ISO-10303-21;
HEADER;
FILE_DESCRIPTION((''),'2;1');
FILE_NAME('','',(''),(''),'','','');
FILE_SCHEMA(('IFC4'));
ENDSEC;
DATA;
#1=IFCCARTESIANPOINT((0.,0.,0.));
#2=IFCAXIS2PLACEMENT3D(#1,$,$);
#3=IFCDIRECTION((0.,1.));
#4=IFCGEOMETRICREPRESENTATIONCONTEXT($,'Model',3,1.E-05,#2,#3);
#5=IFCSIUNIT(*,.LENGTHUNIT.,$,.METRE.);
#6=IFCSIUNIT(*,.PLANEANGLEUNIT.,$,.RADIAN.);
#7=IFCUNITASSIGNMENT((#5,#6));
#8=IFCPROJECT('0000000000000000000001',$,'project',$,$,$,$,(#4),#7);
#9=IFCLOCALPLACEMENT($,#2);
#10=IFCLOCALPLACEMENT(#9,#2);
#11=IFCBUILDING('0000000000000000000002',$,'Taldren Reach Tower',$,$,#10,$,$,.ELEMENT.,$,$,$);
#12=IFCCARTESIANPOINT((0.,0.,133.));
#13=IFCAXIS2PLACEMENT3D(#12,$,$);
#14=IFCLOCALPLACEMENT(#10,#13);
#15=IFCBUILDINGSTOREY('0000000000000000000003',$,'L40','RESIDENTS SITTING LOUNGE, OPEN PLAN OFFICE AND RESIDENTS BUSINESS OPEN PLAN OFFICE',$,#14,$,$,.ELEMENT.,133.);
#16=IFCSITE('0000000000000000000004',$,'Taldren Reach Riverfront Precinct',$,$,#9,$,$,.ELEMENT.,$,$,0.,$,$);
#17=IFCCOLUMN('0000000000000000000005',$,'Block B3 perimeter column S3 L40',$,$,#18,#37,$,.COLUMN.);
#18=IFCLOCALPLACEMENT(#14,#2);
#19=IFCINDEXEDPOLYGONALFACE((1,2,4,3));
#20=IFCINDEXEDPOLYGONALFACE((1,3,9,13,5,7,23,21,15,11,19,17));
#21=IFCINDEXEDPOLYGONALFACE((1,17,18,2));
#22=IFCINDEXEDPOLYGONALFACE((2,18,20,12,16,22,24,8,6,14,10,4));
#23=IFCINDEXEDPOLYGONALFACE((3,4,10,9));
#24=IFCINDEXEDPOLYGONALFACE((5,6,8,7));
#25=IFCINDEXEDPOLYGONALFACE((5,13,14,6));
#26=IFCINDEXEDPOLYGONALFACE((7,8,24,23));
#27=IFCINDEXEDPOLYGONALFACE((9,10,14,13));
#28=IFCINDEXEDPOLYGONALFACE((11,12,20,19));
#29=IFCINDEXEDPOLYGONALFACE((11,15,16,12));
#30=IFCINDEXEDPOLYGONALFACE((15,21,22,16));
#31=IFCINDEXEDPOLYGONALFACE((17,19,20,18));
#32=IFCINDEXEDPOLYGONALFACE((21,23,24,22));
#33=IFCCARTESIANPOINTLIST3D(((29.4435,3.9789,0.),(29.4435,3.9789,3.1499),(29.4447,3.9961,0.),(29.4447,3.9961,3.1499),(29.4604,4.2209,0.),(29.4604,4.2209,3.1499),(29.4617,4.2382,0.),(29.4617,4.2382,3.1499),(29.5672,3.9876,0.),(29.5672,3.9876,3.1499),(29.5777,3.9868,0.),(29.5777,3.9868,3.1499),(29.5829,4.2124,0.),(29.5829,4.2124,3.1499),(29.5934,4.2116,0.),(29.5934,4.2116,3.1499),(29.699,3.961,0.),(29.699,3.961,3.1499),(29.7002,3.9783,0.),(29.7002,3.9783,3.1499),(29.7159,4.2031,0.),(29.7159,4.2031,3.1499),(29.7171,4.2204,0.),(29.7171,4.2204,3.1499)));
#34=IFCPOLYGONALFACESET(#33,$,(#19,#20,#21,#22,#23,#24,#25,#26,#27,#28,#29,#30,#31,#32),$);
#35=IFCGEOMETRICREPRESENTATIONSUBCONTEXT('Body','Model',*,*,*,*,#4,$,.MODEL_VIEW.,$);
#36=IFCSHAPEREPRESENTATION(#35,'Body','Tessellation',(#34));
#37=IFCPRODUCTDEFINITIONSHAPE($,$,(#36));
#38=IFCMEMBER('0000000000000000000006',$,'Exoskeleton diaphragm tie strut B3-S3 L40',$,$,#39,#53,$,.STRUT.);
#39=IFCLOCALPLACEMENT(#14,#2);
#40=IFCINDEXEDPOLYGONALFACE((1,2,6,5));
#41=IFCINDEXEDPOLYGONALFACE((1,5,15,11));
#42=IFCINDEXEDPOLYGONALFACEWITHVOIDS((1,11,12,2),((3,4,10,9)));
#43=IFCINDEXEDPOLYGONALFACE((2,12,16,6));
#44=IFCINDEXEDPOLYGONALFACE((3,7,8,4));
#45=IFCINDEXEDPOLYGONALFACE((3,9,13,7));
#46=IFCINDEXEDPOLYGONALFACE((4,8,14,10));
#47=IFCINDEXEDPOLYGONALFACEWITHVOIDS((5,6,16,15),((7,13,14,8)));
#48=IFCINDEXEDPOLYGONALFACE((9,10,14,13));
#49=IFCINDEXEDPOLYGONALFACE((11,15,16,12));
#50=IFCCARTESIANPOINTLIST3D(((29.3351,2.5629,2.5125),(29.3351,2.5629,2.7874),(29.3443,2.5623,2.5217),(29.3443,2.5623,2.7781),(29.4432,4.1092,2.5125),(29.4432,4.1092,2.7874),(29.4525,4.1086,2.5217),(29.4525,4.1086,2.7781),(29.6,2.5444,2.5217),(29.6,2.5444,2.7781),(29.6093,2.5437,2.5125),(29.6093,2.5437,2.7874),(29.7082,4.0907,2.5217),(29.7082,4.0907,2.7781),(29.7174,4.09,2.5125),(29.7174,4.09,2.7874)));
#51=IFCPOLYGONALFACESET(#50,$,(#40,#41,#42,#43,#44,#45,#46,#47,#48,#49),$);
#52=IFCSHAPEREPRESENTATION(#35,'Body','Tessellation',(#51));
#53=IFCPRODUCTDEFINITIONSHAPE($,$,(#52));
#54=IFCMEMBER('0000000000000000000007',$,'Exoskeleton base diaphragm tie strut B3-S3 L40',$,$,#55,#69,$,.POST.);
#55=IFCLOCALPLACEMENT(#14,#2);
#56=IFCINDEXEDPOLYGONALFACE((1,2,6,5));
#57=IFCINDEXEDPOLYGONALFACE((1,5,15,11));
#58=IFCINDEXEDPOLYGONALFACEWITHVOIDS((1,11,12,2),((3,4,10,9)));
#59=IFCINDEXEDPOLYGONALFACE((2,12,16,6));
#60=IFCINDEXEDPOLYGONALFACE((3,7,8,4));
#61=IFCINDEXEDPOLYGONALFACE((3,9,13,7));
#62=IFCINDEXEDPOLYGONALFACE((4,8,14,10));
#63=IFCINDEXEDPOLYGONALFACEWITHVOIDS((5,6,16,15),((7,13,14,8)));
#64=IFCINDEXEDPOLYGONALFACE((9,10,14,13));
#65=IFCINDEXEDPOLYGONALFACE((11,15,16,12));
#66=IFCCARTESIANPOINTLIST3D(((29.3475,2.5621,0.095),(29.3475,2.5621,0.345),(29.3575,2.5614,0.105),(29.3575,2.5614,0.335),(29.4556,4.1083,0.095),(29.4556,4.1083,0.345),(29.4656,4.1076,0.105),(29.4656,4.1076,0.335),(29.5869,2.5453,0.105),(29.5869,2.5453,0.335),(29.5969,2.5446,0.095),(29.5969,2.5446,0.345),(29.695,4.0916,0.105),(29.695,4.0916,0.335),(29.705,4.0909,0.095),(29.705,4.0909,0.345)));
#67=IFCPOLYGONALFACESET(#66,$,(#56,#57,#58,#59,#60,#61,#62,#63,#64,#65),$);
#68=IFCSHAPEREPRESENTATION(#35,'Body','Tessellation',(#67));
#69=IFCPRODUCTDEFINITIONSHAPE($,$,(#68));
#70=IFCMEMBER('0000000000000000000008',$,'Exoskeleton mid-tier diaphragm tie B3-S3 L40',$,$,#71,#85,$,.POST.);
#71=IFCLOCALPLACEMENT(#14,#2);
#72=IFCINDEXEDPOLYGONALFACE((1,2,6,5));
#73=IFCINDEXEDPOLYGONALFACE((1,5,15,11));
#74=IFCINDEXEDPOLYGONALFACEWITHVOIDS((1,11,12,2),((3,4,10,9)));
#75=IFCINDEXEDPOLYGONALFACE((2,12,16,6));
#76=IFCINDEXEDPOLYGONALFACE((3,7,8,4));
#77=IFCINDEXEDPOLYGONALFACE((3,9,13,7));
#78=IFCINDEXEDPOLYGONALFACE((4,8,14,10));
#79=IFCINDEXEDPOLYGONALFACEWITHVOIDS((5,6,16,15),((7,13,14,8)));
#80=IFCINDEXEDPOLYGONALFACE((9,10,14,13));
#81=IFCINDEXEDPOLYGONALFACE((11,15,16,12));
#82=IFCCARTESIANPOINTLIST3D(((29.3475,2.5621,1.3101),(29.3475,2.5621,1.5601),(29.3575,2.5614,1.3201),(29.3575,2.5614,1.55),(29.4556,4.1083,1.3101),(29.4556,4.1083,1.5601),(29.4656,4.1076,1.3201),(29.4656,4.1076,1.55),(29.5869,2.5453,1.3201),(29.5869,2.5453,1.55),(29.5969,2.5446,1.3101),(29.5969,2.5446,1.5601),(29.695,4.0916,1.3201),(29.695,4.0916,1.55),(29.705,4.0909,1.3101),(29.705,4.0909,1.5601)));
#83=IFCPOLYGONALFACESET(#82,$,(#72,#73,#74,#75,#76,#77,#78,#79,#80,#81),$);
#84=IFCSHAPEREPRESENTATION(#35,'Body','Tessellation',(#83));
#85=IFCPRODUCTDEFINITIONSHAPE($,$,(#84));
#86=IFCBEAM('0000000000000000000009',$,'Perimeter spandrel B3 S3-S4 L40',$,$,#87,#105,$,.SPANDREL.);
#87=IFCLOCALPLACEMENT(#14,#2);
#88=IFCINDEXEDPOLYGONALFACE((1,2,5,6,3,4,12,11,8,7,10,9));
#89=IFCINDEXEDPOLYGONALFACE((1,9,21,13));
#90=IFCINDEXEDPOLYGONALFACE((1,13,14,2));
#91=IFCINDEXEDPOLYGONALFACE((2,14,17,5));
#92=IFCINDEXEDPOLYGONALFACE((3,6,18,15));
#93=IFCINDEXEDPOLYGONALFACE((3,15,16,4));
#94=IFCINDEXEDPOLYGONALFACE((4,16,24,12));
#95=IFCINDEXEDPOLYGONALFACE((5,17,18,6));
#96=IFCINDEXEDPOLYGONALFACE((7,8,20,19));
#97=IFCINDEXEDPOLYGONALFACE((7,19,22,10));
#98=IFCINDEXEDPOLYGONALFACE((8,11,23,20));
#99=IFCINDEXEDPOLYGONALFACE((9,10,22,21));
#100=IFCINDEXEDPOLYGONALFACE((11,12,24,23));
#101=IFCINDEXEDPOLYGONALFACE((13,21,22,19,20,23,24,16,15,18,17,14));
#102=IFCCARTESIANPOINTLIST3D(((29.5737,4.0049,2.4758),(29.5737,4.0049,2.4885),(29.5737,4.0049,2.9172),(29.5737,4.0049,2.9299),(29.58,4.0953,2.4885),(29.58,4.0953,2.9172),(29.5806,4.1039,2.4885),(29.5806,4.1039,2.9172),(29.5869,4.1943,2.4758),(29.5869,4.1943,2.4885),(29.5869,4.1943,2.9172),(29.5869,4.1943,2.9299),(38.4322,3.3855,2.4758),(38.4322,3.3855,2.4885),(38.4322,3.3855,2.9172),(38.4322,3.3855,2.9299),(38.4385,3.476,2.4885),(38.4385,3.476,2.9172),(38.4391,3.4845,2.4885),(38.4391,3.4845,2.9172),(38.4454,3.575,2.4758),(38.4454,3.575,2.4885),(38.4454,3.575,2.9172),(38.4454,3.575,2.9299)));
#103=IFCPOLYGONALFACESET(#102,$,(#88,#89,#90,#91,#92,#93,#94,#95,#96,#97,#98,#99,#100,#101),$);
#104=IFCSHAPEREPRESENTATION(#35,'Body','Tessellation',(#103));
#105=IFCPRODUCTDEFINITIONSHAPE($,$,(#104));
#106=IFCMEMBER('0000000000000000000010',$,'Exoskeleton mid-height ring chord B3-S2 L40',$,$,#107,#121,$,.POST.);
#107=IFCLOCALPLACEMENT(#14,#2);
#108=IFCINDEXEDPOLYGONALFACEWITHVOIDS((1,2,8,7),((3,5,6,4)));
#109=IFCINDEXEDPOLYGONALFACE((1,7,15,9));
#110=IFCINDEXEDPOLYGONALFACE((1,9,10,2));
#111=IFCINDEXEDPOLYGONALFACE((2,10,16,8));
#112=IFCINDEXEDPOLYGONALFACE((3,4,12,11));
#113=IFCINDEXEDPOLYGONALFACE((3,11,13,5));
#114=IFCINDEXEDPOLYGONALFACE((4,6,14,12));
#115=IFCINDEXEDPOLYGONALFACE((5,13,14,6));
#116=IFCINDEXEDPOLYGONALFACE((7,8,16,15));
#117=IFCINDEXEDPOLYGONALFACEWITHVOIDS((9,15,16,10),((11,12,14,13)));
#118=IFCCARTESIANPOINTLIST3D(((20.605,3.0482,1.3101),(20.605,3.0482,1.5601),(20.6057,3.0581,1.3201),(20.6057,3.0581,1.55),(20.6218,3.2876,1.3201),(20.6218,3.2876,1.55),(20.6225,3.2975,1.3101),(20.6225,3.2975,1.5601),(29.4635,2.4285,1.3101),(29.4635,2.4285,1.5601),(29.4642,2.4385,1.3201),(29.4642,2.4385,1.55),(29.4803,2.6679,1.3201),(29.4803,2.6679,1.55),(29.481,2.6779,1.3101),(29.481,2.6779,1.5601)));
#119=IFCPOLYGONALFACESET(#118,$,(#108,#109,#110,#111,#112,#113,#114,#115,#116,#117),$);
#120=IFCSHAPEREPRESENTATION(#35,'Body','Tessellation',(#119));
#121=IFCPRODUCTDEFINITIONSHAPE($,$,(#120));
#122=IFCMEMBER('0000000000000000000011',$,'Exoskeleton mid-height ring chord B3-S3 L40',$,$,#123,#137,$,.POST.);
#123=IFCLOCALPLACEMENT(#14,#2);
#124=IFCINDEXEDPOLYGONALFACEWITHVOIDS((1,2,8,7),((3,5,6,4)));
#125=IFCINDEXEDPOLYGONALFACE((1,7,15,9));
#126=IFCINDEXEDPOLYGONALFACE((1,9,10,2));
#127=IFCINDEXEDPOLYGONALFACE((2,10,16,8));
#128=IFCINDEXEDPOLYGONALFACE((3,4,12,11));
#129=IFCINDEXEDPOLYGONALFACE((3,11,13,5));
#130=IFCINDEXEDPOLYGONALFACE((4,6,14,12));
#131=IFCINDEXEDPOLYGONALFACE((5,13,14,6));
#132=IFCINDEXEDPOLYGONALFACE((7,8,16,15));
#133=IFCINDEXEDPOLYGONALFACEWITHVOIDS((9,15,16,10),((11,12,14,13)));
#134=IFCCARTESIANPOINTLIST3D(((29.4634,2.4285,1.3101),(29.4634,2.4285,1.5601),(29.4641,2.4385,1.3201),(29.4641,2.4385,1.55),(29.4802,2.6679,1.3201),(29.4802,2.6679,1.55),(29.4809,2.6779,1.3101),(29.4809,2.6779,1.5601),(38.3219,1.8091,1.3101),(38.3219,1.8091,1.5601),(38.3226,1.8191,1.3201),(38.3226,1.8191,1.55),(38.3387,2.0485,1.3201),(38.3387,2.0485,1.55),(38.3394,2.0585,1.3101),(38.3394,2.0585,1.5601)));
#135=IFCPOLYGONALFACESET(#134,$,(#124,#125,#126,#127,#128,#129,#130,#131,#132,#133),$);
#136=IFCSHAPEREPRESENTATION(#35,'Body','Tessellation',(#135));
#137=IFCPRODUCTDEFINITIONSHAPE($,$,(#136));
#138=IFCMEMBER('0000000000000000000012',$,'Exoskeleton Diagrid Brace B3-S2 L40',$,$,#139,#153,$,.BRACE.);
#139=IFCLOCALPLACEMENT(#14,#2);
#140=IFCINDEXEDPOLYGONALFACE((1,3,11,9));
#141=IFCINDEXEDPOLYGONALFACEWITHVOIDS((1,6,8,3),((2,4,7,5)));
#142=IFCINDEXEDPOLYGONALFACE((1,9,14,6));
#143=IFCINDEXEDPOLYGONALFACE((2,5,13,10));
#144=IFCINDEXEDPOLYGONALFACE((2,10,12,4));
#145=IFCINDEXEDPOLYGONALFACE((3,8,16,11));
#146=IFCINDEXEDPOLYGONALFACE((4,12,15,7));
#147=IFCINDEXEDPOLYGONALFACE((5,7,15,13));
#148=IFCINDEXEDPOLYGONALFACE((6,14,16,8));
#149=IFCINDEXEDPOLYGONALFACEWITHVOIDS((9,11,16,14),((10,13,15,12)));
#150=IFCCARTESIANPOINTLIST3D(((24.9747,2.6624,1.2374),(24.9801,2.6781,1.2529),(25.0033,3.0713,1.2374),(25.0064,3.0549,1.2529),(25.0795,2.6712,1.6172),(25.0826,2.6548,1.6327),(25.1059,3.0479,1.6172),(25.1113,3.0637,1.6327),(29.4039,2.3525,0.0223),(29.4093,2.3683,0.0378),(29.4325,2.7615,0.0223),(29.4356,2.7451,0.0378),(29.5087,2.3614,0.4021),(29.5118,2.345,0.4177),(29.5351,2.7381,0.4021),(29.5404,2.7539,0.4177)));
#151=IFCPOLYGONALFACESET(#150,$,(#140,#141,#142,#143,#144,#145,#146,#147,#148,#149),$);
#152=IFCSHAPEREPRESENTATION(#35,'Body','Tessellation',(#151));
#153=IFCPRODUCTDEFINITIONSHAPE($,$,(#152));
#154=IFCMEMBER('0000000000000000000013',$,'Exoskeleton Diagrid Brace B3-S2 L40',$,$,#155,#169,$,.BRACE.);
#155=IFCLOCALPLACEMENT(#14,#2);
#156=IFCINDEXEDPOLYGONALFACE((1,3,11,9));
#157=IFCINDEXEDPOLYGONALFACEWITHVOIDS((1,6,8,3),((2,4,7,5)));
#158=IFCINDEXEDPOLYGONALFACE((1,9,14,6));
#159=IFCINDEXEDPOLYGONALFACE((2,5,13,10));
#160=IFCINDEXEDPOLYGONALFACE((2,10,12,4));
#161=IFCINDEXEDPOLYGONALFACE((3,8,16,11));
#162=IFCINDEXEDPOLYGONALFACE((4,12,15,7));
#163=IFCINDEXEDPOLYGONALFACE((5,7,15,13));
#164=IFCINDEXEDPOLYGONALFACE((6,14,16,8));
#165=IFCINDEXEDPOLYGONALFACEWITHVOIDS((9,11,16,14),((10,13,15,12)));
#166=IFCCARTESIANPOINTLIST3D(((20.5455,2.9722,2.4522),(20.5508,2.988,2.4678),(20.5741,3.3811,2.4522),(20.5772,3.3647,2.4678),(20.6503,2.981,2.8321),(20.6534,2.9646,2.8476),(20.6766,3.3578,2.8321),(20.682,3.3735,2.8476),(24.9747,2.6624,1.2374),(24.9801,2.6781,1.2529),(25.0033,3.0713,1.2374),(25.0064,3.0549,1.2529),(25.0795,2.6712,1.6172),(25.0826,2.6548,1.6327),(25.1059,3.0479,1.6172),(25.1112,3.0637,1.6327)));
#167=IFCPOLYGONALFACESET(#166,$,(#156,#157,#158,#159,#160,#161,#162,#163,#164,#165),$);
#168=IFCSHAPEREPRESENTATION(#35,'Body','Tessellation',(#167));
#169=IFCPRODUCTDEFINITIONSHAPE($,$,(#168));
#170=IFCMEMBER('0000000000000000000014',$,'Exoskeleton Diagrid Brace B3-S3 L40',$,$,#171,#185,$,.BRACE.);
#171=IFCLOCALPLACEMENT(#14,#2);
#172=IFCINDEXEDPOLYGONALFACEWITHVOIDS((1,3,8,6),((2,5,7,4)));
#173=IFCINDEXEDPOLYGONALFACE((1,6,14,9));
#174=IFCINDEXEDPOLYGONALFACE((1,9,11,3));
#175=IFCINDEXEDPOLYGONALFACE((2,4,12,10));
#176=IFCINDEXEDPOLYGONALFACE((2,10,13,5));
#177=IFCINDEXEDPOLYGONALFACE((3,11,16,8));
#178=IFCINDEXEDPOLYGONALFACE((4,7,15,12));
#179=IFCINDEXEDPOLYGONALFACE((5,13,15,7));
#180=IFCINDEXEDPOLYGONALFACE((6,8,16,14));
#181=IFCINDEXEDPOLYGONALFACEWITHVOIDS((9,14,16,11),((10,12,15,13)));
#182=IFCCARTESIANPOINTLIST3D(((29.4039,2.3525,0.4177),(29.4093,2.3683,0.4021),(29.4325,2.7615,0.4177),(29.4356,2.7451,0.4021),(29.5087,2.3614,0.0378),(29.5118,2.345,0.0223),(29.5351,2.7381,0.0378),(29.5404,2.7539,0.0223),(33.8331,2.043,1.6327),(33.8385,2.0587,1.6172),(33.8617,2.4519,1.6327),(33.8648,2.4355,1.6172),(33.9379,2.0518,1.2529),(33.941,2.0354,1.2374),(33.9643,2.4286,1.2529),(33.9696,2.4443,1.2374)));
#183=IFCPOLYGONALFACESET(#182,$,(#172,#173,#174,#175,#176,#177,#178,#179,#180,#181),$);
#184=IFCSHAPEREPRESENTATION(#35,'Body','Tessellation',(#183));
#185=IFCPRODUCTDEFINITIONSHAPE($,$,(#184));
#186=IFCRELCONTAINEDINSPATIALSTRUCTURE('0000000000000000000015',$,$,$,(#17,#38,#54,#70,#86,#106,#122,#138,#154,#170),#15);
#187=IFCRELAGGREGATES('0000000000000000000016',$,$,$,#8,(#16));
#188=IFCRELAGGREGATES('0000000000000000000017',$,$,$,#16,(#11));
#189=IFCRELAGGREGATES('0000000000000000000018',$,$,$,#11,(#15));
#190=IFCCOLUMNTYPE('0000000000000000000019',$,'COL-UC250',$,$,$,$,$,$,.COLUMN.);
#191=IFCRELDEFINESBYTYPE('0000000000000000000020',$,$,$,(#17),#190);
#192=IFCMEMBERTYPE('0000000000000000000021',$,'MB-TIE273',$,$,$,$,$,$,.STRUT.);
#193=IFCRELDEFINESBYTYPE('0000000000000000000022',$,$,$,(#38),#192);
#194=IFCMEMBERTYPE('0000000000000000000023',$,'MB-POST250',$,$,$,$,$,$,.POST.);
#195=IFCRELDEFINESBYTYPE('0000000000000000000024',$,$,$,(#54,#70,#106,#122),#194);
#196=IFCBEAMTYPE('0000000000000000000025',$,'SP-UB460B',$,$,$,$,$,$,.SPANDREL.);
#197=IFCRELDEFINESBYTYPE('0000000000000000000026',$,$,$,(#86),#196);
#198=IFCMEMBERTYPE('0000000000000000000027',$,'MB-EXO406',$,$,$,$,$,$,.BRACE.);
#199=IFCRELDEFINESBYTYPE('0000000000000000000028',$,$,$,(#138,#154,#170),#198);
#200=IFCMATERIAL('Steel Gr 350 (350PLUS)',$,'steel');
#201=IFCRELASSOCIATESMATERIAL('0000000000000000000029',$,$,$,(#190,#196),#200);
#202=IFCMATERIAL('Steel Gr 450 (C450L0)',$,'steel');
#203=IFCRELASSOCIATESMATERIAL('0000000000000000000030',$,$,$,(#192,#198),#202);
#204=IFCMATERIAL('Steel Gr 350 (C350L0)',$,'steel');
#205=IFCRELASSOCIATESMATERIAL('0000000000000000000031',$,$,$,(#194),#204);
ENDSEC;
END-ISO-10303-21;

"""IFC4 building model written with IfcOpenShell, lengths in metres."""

from ifc_helpers import new_model, si_unit, direction, frame, origin, origin_2d, place, context, subcontext, project, spatial, hollow_rectangle, i_section, extrude, source, transform, mapped, material, material_profile, profile_set, type_object, element, save


model = new_model("IFC4")

# Units and contexts
model_context = context("Model", 3, precision=1e-05, world=origin(), true_north=direction((0.0, 1.0)))
body_context = subcontext(model_context, "Body", "Model", "MODEL_VIEW")
ifc_project = project(units=[si_unit("LENGTHUNIT", "METRE"), si_unit("PLANEANGLEUNIT", "RADIAN")], contexts=[model_context])

# Site, building, storey
site_placement = place(None, origin())
site = spatial("IfcSite", under=ifc_project, at=site_placement, Name="Taldren Reach Riverfront Precinct", CompositionType="ELEMENT", RefElevation=0.0)
building_placement = place(site_placement, origin())
building = spatial("IfcBuilding", under=site, at=building_placement, Name="Taldren Reach Tower", CompositionType="ELEMENT")
storey_placement = place(building_placement, frame((0.0, 0.0, 133.0)))
storey = spatial("IfcBuildingStorey", under=building, at=storey_placement, Name="L40", Description="RESIDENTS SITTING LOUNGE, OPEN PLAN OFFICE AND RESIDENTS BUSINESS OPEN PLAN OFFICE", CompositionType="ELEMENT", Elevation=133.0)

# Column
ifc_material_1 = material(Name="Steel Gr 350 (350PLUS)", Category="steel")
ifc_material_profile_1 = material_profile(ifc_material_1, i_section(OverallWidth=0.2561, OverallDepth=0.26, WebThickness=0.0105, FlangeThickness=0.0173, at=origin_2d()), Name="250UC89.5")
ifc_profile_set_1 = profile_set([ifc_material_profile_1], Name="Steel Gr 350 (350PLUS)")
column_type = type_object("IfcColumnType", Name="COL-UC250", PredefinedType="COLUMN", material=ifc_profile_set_1)
shared_shape_1 = source(origin(), body_context, "Body", "SweptSolid", [
    extrude(i_section(OverallWidth=0.2561, OverallDepth=0.26, WebThickness=0.0105, FlangeThickness=0.0173, at=origin_2d()), origin(), (0.0, 0.0, 1.0), 3.1499),
])
column_placement = place(storey_placement, frame((29.5803, 4.0996, 0.0), z_axis=(0.0, 0.0, 1.0), x_axis=(0.997564, -0.069756, 0.0)))
element("IfcColumn", 1, at=column_placement, inside=storey, type_object=column_type, Name="Block B3 perimeter column S3 L40", PredefinedType="COLUMN", context=body_context, shape_type="MappedRepresentation", body=[
    mapped(shared_shape_1, transform((0.0, 0.0, 0.0), scale=1.0)),
])

# Members
ifc_material_2 = material(Name="Steel Gr 450 (C450L0)", Category="steel")
ifc_material_profile_2 = material_profile(ifc_material_2, hollow_rectangle(XDim=0.2749, YDim=0.2749, WallThickness=0.0093, at=origin_2d()), Name="275x275x9.3SHS")
ifc_profile_set_2 = profile_set([ifc_material_profile_2], Name="Steel Gr 450 (C450L0)")
member_type_1 = type_object("IfcMemberType", Name="MB-TIE273", PredefinedType="STRUT", material=ifc_profile_set_2)
shared_shape_2 = source(origin(), body_context, "Body", "SweptSolid", [
    extrude(hollow_rectangle(XDim=0.2749, YDim=0.2749, WallThickness=0.0093, at=origin_2d()), origin(), (0.0, 0.0, 1.0), 1.55),
])
member_1_placement = place(storey_placement, frame((29.5803, 4.0996, 2.6499), z_axis=(-0.06977, -0.997563, 0.0), x_axis=(0.997563, -0.06977, 0.0)))
element("IfcMember", 2, at=member_1_placement, inside=storey, type_object=member_type_1, Name="Exoskeleton diaphragm tie strut B3-S3 L40", PredefinedType="STRUT", context=body_context, shape_type="MappedRepresentation", body=[
    mapped(shared_shape_2, transform((0.0, 0.0, 0.0), scale=1.0)),
])
ifc_material_3 = material(Name="Steel Gr 350 (C350L0)", Category="steel")
ifc_material_profile_3 = material_profile(ifc_material_3, hollow_rectangle(XDim=0.25, YDim=0.25, WallThickness=0.01, at=origin_2d()), Name="250x250x10.0SHS")
ifc_profile_set_3 = profile_set([ifc_material_profile_3], Name="Steel Gr 350 (C350L0)")
member_type_2 = type_object("IfcMemberType", Name="MB-POST250", PredefinedType="POST", material=ifc_profile_set_3)
shared_shape_3 = source(origin(), body_context, "Body", "SweptSolid", [
    extrude(hollow_rectangle(XDim=0.25, YDim=0.25, WallThickness=0.01, at=origin_2d()), origin(), (0.0, 0.0, 1.0), 1.55),
])
for number, where, z_axis, x_axis, name in (
    (3, (29.5803, 4.0996, 0.22), (-0.06977, -0.997563, 0.0), (0.997563, -0.06977, 0.0), "Exoskeleton base diaphragm tie strut B3-S3 L40"),
    (4, (29.5803, 4.0996, 1.4351), (-0.06977, -0.997563, 0.0), (0.997563, -0.06977, 0.0), "Exoskeleton mid-tier diaphragm tie B3-S3 L40"),
):
    element("IfcMember", number, at=place(storey_placement, frame(where, z_axis=z_axis, x_axis=x_axis)), inside=storey, type_object=member_type_2, Name=name, PredefinedType="POST", context=body_context, shape_type="MappedRepresentation", body=[
        mapped(shared_shape_3, transform((0.0, 0.0, 0.0), scale=1.0)),
    ])

# Beam
ifc_material_profile_4 = material_profile(ifc_material_1, i_section(OverallWidth=0.1899, OverallDepth=0.4541, WebThickness=0.0085, FlangeThickness=0.0127, at=origin_2d()), Name="460UB67.1")
ifc_profile_set_4 = profile_set([ifc_material_profile_4], Name="Steel Gr 350 (350PLUS)")
beam_type = type_object("IfcBeamType", Name="SP-UB460B", PredefinedType="SPANDREL", material=ifc_profile_set_4)
shared_shape_4 = source(origin(), body_context, "Body", "SweptSolid", [
    extrude(i_section(OverallWidth=0.1899, OverallDepth=0.4541, WebThickness=0.0085, FlangeThickness=0.0127, at=origin_2d()), origin(), (0.0, 0.0, 1.0), 8.8801),
])
beam_placement = place(storey_placement, frame((29.5803, 4.0996, 2.7029), z_axis=(0.997564, -0.06975, 0.0), x_axis=(0.06975, 0.997564, 0.0)))
element("IfcBeam", 5, at=beam_placement, inside=storey, type_object=beam_type, Name="Perimeter spandrel B3 S3-S4 L40", PredefinedType="SPANDREL", context=body_context, shape_type="MappedRepresentation", body=[
    mapped(shared_shape_4, transform((0.0, 0.0, 0.0), scale=1.0)),
])

# Members
shared_shape_5 = source(origin(), body_context, "Body", "SweptSolid", [
    extrude(hollow_rectangle(XDim=0.25, YDim=0.25, WallThickness=0.01, at=origin_2d()), origin(), (0.0, 0.0, 1.0), 8.8801),
])
for number, where, z_axis, x_axis, name in (
    (6, (20.6138, 3.1729, 1.4351), (0.997563, -0.069778, 0.0), (0.069778, 0.997563, 0.0), "Exoskeleton mid-height ring chord B3-S2 L40"),
    (7, (29.4722, 2.5532, 1.4351), (0.997564, -0.06975, 0.0), (0.06975, 0.997564, 0.0), "Exoskeleton mid-height ring chord B3-S3 L40"),
):
    element("IfcMember", number, at=place(storey_placement, frame(where, z_axis=z_axis, x_axis=x_axis)), inside=storey, type_object=member_type_2, Name=name, PredefinedType="POST", context=body_context, shape_type="MappedRepresentation", body=[
        mapped(shared_shape_5, transform((0.0, 0.0, 0.0), scale=1.0)),
    ])
ifc_material_profile_5 = material_profile(ifc_material_2, hollow_rectangle(XDim=0.4099, YDim=0.4099, WallThickness=0.0161, at=origin_2d()), Name="410x410x16.0SHS")
ifc_profile_set_5 = profile_set([ifc_material_profile_5], Name="Steel Gr 450 (C450L0)")
member_type_3 = type_object("IfcMemberType", Name="MB-EXO406", PredefinedType="BRACE", material=ifc_profile_set_5)
shared_shape_6 = source(origin(), body_context, "Body", "SweptSolid", [
    extrude(hollow_rectangle(XDim=0.4099, YDim=0.4099, WallThickness=0.0161, at=origin_2d()), origin(), (0.0, 0.0, 1.0), 4.6033),
])
for number, where, z_axis, x_axis, name in (
    (8, (29.4722, 2.5532, 0.22), (-0.962182, 0.067303, 0.263961), (-0.069778, -0.997563, 0.0), "Exoskeleton Diagrid Brace B3-S2 L40"),
    (9, (25.043, 2.863, 1.4351), (-0.962196, 0.067304, 0.263912), (-0.069778, -0.997563, 0.0), "Exoskeleton Diagrid Brace B3-S2 L40"),
    (10, (29.4722, 2.5532, 0.22), (0.962186, -0.06725, 0.263962), (0.069723, 0.997566, 0.0), "Exoskeleton Diagrid Brace B3-S3 L40"),
):
    element("IfcMember", number, at=place(storey_placement, frame(where, z_axis=z_axis, x_axis=x_axis)), inside=storey, type_object=member_type_3, Name=name, PredefinedType="BRACE", context=body_context, shape_type="MappedRepresentation", body=[
        mapped(shared_shape_6, transform((0.0, 0.0, 0.0), scale=1.0)),
    ])

save(model, "model.ifc")
